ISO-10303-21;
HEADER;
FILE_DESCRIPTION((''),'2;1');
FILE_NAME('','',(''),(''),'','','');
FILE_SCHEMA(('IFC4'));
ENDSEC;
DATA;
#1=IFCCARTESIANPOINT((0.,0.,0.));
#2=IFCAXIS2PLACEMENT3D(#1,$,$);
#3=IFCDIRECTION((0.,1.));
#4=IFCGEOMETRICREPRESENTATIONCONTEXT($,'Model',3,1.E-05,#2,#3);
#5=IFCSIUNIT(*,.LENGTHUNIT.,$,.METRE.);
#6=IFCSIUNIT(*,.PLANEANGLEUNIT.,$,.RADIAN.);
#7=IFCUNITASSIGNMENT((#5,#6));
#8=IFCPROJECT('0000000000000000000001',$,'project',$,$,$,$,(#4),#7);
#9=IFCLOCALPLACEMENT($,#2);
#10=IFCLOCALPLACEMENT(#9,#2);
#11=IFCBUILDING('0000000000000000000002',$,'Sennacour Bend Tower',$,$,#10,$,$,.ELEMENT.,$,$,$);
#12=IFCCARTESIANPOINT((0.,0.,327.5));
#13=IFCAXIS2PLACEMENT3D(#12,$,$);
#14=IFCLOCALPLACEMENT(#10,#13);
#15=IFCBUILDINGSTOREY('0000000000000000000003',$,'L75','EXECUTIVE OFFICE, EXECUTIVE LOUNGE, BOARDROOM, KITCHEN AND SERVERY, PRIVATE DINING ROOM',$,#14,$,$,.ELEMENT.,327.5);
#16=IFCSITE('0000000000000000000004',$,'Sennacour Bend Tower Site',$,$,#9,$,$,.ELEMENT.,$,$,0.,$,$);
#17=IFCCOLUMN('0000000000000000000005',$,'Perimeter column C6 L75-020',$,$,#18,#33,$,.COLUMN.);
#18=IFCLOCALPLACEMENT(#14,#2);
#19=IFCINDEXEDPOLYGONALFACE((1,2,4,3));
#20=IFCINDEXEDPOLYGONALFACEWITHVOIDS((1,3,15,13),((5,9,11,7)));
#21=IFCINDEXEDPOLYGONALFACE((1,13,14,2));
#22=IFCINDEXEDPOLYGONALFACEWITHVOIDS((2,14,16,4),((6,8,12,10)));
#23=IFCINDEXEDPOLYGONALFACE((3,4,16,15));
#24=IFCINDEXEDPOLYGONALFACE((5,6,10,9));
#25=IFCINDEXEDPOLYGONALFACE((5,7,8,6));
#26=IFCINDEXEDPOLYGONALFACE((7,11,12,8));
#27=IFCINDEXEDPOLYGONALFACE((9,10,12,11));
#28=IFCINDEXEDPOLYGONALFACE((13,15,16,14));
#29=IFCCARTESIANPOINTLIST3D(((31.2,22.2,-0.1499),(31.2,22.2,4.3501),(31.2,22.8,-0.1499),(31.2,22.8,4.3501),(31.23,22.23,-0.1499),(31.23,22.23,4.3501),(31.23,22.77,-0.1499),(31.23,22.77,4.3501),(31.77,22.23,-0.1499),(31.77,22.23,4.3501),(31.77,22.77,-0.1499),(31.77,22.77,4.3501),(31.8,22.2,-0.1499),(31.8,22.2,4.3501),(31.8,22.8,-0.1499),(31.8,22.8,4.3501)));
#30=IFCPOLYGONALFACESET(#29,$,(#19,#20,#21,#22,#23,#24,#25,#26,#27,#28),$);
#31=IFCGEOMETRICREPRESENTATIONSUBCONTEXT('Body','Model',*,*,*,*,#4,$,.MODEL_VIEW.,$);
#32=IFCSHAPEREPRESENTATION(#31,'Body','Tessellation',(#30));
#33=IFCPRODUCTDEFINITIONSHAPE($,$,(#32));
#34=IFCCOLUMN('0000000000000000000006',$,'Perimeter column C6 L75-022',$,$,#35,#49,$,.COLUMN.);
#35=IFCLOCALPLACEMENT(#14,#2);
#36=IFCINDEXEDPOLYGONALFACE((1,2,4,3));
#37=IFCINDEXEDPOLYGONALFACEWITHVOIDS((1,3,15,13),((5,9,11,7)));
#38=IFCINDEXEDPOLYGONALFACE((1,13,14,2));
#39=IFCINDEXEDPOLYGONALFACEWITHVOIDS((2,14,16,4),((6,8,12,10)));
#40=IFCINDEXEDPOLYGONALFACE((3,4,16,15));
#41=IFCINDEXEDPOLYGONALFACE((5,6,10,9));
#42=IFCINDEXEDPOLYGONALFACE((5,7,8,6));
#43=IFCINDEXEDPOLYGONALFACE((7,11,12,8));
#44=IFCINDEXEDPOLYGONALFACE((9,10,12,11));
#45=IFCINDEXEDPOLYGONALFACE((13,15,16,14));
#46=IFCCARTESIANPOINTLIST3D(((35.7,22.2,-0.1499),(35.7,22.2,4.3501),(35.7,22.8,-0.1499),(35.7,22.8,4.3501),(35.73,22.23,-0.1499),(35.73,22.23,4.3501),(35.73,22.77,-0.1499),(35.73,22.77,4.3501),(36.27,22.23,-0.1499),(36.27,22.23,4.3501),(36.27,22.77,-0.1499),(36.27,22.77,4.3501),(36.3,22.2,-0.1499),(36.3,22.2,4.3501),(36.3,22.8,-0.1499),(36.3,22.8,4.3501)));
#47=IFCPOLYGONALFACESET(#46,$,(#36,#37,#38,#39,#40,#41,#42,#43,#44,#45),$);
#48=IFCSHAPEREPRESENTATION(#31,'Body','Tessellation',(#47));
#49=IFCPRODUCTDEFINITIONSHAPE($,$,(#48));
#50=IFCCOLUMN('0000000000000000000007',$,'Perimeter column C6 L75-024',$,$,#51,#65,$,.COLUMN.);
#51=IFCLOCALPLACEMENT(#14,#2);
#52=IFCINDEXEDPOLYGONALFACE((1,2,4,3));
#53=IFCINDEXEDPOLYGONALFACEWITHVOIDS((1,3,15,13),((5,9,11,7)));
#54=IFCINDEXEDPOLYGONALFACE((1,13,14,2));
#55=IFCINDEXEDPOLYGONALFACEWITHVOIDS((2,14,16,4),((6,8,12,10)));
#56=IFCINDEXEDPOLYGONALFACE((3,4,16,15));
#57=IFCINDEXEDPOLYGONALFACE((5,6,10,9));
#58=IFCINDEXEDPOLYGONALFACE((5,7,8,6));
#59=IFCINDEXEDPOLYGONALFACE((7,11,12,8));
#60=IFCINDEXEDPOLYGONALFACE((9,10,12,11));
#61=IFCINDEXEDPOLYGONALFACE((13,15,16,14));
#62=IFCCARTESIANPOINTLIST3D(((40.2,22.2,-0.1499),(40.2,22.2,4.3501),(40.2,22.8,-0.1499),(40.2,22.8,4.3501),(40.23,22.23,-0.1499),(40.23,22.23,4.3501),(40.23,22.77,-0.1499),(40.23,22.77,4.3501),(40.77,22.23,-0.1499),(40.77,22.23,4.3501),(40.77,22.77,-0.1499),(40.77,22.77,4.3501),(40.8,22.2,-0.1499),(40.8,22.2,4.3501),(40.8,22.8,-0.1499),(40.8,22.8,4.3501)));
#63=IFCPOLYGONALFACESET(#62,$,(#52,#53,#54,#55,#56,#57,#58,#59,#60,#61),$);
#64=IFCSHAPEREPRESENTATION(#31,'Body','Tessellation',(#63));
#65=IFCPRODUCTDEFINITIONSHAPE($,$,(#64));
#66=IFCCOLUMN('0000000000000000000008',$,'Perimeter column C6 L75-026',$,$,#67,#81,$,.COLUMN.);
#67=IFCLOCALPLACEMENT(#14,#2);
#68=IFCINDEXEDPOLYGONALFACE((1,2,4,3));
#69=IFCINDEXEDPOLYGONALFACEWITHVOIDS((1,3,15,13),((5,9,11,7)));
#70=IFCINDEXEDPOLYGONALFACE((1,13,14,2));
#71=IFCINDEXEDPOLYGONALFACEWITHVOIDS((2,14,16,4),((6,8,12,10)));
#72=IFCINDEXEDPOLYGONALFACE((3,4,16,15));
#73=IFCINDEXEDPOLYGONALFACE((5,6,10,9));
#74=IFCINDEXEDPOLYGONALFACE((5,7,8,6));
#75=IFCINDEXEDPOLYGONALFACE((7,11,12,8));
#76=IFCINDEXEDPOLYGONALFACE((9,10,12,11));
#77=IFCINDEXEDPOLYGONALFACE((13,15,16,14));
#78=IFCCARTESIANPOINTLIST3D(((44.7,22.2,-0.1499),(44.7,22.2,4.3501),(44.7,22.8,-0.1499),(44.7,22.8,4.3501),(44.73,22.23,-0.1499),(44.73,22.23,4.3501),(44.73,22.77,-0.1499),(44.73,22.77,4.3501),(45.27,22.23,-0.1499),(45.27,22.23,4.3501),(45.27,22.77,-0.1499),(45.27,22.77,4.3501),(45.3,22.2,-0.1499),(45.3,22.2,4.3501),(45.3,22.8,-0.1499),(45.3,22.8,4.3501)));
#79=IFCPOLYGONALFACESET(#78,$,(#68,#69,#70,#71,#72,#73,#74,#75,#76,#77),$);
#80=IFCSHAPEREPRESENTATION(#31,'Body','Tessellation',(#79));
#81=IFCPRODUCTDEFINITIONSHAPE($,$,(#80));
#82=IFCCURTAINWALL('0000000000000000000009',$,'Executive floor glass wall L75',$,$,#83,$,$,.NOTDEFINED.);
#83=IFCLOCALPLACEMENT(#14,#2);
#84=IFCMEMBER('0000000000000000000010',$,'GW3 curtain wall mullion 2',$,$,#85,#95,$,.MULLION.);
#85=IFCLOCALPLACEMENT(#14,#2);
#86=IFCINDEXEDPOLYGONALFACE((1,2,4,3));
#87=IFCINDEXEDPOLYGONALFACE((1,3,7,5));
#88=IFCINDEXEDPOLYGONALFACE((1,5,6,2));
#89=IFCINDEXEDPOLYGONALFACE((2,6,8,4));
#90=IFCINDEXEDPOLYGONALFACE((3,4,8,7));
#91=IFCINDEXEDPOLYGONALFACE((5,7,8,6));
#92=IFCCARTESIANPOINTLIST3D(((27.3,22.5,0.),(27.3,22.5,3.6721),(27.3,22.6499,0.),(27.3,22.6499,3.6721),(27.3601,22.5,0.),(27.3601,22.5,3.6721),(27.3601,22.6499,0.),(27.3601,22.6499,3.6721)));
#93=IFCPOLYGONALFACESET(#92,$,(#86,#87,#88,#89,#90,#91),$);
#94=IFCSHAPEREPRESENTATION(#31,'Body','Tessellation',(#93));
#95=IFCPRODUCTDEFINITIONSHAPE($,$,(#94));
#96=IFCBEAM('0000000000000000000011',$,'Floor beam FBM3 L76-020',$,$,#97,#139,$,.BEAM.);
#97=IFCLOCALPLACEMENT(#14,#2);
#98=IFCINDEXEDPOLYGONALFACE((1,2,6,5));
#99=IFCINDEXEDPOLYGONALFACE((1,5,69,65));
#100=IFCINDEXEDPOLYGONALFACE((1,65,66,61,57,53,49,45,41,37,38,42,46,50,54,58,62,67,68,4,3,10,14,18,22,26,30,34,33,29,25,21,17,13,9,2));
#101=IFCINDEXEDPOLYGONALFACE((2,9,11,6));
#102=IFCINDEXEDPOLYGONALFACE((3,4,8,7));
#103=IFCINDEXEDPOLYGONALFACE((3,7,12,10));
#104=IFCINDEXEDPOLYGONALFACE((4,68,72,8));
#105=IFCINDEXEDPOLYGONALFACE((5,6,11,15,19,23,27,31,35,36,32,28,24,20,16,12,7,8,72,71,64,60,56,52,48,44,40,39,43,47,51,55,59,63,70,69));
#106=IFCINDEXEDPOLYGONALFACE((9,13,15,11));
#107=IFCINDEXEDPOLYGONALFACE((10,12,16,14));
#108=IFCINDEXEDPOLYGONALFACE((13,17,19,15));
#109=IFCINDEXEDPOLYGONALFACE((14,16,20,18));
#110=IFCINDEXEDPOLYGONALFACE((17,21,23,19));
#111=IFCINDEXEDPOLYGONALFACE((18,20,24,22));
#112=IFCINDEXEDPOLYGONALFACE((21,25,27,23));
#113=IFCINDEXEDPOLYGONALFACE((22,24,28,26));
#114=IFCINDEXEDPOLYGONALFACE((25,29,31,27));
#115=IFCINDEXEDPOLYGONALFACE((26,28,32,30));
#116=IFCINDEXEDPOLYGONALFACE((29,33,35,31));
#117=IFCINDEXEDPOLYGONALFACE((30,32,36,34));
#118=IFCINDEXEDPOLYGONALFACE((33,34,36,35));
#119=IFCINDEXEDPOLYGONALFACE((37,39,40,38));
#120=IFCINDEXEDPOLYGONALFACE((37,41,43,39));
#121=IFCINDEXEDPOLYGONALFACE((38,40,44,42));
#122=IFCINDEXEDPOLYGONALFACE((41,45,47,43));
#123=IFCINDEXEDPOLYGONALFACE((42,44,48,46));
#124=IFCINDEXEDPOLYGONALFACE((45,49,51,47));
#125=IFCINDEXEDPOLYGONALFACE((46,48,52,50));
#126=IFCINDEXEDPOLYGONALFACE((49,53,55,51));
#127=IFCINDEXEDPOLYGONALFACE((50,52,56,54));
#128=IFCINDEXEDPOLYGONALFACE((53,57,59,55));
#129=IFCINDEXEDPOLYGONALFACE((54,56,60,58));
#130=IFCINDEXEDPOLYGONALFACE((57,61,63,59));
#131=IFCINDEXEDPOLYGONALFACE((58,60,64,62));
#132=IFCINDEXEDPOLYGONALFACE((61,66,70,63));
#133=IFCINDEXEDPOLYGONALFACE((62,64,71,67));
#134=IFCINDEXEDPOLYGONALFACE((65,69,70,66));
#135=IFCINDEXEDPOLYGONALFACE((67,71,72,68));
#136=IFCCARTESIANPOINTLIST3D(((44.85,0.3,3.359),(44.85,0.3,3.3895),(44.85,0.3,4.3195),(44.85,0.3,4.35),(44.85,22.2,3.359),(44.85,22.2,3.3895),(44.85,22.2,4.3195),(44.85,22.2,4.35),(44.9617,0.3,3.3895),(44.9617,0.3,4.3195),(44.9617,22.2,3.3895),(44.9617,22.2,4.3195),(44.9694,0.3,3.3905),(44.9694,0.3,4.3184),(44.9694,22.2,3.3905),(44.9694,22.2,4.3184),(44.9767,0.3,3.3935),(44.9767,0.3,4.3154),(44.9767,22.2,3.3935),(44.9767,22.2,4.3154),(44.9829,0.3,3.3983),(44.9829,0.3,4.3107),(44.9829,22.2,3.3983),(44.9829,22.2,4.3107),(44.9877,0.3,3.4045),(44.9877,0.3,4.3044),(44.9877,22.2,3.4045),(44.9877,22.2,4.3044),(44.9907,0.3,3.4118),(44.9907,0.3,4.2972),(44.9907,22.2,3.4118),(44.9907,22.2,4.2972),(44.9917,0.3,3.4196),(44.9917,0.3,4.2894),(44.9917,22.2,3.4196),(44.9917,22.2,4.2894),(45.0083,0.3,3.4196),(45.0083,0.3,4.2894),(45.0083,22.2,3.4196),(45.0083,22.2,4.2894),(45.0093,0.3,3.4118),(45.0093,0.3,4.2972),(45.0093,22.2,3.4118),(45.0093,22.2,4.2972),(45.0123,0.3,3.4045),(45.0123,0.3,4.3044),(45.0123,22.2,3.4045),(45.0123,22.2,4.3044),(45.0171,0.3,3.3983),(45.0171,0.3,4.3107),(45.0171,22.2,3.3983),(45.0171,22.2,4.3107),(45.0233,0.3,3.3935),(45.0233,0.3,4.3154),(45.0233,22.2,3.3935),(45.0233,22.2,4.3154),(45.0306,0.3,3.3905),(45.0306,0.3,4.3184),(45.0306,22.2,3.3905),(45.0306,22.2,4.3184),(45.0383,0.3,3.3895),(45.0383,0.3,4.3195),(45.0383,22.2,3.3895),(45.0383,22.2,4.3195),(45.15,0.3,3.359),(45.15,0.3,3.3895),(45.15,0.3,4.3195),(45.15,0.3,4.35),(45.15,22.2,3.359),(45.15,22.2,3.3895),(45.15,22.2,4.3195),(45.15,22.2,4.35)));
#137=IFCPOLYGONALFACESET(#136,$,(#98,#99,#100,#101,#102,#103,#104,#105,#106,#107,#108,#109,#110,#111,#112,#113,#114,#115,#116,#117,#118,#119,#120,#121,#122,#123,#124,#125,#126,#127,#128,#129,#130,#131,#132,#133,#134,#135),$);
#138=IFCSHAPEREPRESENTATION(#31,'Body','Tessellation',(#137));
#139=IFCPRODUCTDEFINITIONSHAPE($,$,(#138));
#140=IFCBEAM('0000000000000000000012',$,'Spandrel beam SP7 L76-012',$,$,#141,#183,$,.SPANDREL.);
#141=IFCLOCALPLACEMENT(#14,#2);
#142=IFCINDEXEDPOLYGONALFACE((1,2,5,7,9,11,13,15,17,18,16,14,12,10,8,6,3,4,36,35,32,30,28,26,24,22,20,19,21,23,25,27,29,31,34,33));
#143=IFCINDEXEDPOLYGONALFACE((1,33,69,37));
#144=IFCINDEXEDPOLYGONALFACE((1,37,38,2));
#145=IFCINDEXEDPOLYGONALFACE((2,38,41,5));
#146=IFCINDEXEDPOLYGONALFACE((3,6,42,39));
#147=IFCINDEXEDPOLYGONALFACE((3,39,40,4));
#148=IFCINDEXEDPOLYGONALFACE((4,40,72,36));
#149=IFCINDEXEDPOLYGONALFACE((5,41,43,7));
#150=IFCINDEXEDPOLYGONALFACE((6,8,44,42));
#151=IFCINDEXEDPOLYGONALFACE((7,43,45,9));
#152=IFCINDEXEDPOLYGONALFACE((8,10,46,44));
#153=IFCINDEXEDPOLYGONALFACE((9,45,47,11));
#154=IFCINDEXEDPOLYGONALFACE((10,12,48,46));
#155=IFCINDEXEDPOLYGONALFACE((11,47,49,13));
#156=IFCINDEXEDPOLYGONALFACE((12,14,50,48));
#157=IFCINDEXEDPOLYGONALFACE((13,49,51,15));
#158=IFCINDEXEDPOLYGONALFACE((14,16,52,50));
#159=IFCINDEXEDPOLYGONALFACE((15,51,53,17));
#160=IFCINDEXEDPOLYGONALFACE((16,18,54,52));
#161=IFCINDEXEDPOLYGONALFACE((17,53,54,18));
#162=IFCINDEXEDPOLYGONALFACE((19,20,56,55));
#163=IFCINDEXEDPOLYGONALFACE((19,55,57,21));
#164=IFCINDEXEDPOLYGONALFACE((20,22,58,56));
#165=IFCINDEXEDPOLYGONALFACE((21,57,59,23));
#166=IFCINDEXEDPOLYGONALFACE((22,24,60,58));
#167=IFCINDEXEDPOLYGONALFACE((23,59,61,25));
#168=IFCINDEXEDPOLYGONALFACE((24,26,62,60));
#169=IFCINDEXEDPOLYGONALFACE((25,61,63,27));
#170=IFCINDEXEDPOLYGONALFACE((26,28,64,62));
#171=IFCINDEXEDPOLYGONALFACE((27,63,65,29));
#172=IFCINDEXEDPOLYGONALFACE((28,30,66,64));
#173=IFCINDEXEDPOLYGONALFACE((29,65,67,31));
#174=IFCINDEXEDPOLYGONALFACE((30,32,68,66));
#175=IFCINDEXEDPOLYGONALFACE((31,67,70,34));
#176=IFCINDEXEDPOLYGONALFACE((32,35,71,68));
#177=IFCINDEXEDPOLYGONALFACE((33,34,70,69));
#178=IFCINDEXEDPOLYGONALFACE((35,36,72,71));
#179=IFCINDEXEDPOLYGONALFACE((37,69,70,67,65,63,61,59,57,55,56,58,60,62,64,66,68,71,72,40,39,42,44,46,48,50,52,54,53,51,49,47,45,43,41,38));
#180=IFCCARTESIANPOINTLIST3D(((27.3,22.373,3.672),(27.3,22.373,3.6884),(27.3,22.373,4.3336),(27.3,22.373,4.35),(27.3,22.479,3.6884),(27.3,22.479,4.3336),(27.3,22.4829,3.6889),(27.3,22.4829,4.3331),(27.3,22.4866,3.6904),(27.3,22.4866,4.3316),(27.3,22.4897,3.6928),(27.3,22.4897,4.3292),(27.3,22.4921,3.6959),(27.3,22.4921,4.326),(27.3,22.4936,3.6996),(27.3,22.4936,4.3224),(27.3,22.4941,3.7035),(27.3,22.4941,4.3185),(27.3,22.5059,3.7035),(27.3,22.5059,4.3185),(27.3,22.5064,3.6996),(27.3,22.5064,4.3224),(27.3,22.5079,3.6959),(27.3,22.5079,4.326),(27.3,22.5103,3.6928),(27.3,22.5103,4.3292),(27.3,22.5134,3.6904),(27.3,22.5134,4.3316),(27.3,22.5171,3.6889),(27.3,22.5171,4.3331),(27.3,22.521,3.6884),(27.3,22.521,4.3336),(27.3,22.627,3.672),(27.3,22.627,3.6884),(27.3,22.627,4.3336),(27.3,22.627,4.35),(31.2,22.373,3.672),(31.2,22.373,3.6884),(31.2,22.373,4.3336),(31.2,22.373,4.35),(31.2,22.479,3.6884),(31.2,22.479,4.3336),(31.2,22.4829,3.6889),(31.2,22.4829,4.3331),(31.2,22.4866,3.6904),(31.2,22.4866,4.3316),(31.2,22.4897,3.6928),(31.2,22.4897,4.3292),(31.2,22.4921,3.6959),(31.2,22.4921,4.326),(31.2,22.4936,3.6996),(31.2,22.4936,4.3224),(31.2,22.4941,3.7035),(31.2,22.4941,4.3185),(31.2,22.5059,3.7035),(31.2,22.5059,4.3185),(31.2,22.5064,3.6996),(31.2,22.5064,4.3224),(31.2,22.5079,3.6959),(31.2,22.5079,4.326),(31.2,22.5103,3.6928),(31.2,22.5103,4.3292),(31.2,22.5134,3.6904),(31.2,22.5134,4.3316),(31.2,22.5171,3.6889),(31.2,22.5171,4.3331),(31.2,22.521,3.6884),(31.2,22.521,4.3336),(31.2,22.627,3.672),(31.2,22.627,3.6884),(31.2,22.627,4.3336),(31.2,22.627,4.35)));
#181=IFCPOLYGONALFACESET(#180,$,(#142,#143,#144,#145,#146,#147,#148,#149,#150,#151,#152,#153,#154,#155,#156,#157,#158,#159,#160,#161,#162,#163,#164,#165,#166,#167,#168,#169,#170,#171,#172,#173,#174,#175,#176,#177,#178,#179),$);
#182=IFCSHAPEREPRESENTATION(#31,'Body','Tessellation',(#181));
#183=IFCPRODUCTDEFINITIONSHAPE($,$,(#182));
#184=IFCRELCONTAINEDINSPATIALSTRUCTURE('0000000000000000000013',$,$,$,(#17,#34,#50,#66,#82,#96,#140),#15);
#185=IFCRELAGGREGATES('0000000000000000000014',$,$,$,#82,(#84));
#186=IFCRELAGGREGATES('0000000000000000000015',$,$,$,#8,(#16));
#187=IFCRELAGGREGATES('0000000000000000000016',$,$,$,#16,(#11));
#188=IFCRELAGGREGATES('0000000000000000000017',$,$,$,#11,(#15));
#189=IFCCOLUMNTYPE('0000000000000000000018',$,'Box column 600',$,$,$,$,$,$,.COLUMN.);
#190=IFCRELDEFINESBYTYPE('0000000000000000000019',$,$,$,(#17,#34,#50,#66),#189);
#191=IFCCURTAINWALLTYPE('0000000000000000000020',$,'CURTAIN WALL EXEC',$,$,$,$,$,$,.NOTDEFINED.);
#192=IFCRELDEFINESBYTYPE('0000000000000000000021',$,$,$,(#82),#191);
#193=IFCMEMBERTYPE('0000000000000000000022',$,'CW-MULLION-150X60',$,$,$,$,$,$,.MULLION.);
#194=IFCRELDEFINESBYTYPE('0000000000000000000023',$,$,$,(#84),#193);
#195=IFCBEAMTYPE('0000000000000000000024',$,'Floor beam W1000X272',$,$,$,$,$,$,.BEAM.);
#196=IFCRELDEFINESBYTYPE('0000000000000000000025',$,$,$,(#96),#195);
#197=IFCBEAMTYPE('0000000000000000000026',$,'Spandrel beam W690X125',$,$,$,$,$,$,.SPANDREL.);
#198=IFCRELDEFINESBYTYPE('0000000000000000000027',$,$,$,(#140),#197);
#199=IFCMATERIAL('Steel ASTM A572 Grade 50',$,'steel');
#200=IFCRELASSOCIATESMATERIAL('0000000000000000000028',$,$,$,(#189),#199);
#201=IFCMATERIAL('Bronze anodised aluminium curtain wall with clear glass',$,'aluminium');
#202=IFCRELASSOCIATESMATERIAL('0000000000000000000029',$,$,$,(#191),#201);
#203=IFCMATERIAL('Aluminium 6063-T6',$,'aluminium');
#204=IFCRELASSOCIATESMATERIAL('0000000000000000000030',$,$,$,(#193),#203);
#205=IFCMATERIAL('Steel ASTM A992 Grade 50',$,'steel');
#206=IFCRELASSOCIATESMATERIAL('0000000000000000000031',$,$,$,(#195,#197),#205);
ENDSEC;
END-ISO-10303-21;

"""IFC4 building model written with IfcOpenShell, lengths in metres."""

from ifc_helpers import new_model, si_unit, direction, frame, origin, origin_2d, place, context, subcontext, project, spatial, rectangle, hollow_rectangle, i_section, extrude, material, material_profile, profile_set, type_object, element, aggregate, save


model = new_model("IFC4")

# Units and contexts
model_context = context("Model", 3, precision=1e-05, world=origin(), true_north=direction((0.0, 1.0)))
body_context = subcontext(model_context, "Body", "Model", "MODEL_VIEW")
ifc_project = project(units=[si_unit("LENGTHUNIT", "METRE"), si_unit("PLANEANGLEUNIT", "RADIAN")], contexts=[model_context])

# Site, building, storey
site_placement = place(None, origin())
site = spatial("IfcSite", under=ifc_project, at=site_placement, Name="Sennacour Bend Tower Site", CompositionType="ELEMENT", RefElevation=0.0)
building_placement = place(site_placement, origin())
building = spatial("IfcBuilding", under=site, at=building_placement, Name="Sennacour Bend Tower", CompositionType="ELEMENT")
storey_placement = place(building_placement, frame((0.0, 0.0, 327.5)))
storey = spatial("IfcBuildingStorey", under=building, at=storey_placement, Name="L75", Description="EXECUTIVE OFFICE, EXECUTIVE LOUNGE, BOARDROOM, KITCHEN AND SERVERY, PRIVATE DINING ROOM", CompositionType="ELEMENT", Elevation=327.5)

# Columns
ifc_material_1 = material(Name="Steel ASTM A572 Grade 50", Category="steel")
ifc_material_profile_1 = material_profile(ifc_material_1, hollow_rectangle(XDim=0.6001, YDim=0.6001, WallThickness=0.03, at=origin_2d()), Name="Steel ASTM A572 Grade 50", Category="steel")
ifc_profile_set_1 = profile_set([ifc_material_profile_1], Name="Steel ASTM A572 Grade 50")
column_type = type_object("IfcColumnType", Name="Box column 600", PredefinedType="COLUMN", material=ifc_profile_set_1)
for number, where, z_axis, x_axis, name in (
    (1, (31.5, 22.5, -0.1499), (0.0, 0.0, 1.0), (1.0, 0.0, 0.0), "Perimeter column C6 L75-020"),
    (2, (36.0, 22.5, -0.1499), (0.0, 0.0, 1.0), (1.0, 0.0, 0.0), "Perimeter column C6 L75-022"),
    (3, (40.5, 22.5, -0.1499), (0.0, 0.0, 1.0), (1.0, 0.0, 0.0), "Perimeter column C6 L75-024"),
    (4, (45.0, 22.5, -0.1499), (0.0, 0.0, 1.0), (1.0, 0.0, 0.0), "Perimeter column C6 L75-026"),
):
    element("IfcColumn", number, at=place(storey_placement, frame(where, z_axis=z_axis, x_axis=x_axis)), inside=storey, type_object=column_type, Name=name, PredefinedType="COLUMN", context=body_context, shape_type="SweptSolid", body=[
        extrude(hollow_rectangle(XDim=0.6001, YDim=0.6001, WallThickness=0.03, at=origin_2d()), origin(), (0.0, 0.0, 1.0), 4.5),
    ])

# Curtain wall, member
ifc_material_2 = material(Name="Bronze anodised aluminium curtain wall with clear glass", Category="aluminium")
curtain_wall_type = type_object("IfcCurtainWallType", Name="CURTAIN WALL EXEC", PredefinedType="NOTDEFINED", material=ifc_material_2)
curtain_wall_placement = place(storey_placement, origin())
curtain_wall = element("IfcCurtainWall", 5, at=curtain_wall_placement, inside=storey, type_object=curtain_wall_type, Name="Executive floor glass wall L75", PredefinedType="NOTDEFINED")
ifc_material_3 = material(Name="Aluminium 6063-T6", Category="aluminium")
ifc_material_profile_2 = material_profile(ifc_material_3, rectangle(XDim=0.1499, YDim=0.0601, at=origin_2d()), Name="Aluminium 6063-T6", Category="aluminium")
ifc_profile_set_2 = profile_set([ifc_material_profile_2], Name="Aluminium 6063-T6")
member_type = type_object("IfcMemberType", Name="CW-MULLION-150X60", PredefinedType="MULLION", material=ifc_profile_set_2)
member_placement = place(storey_placement, frame((27.3301, 22.575, 0.0), z_axis=(0.0, 0.0, 1.0), x_axis=(0.0, -1.0, 0.0)))
member = element("IfcMember", 6, at=member_placement, type_object=member_type, Name="GW3 curtain wall mullion 2", PredefinedType="MULLION", context=body_context, shape_type="SweptSolid", body=[
    extrude(rectangle(XDim=0.1499, YDim=0.0601, at=origin_2d()), origin(), (0.0, 0.0, 1.0), 3.6721),
])

# Beams
ifc_material_4 = material(Name="Steel ASTM A992 Grade 50", Category="steel")
ifc_material_profile_3 = material_profile(ifc_material_4, i_section(OverallWidth=0.3, OverallDepth=0.991, WebThickness=0.0166, FlangeThickness=0.0305, FilletRadius=0.03, at=origin_2d()), Name="Steel ASTM A992 Grade 50", Category="steel")
ifc_profile_set_3 = profile_set([ifc_material_profile_3], Name="Steel ASTM A992 Grade 50")
beam_type_1 = type_object("IfcBeamType", Name="Floor beam W1000X272", PredefinedType="BEAM", material=ifc_profile_set_3)
beam_placement = place(storey_placement, frame((45.0, 0.3, 3.8545), z_axis=(0.0, 1.0, 0.0), x_axis=(-1.0, 0.0, 0.0)))
element("IfcBeam", 7, at=beam_placement, inside=storey, type_object=beam_type_1, Name="Floor beam FBM3 L76-020", PredefinedType="BEAM", context=body_context, shape_type="SweptSolid", body=[
    extrude(i_section(OverallWidth=0.3, OverallDepth=0.991, WebThickness=0.0166, FlangeThickness=0.0305, FilletRadius=0.03, at=origin_2d()), origin(), (0.0, 0.0, 1.0), 21.8999),
])
ifc_material_profile_4 = material_profile(ifc_material_4, i_section(OverallWidth=0.2539, OverallDepth=0.678, WebThickness=0.0117, FlangeThickness=0.0164, FilletRadius=0.0151, at=origin_2d()), Name="Steel ASTM A992 Grade 50", Category="steel")
ifc_profile_set_4 = profile_set([ifc_material_profile_4], Name="Steel ASTM A992 Grade 50")
beam_type_2 = type_object("IfcBeamType", Name="Spandrel beam W690X125", PredefinedType="SPANDREL", material=ifc_profile_set_4)
for number, where, z_axis, x_axis, name in (
    (8, (27.3, 22.5, 4.011), (1.0, 0.0, 0.0), (0.0, 1.0, 0.0), "Spandrel beam SP7 L76-012"),
):
    element("IfcBeam", number, at=place(storey_placement, frame(where, z_axis=z_axis, x_axis=x_axis)), inside=storey, type_object=beam_type_2, Name=name, PredefinedType="SPANDREL", context=body_context, shape_type="SweptSolid", body=[
        extrude(i_section(OverallWidth=0.2539, OverallDepth=0.678, WebThickness=0.0117, FlangeThickness=0.0164, FilletRadius=0.0151, at=origin_2d()), origin(), (0.0, 0.0, 1.0), 3.8999),
    ])

aggregate(curtain_wall, [member])

save(model, "model.ifc")
